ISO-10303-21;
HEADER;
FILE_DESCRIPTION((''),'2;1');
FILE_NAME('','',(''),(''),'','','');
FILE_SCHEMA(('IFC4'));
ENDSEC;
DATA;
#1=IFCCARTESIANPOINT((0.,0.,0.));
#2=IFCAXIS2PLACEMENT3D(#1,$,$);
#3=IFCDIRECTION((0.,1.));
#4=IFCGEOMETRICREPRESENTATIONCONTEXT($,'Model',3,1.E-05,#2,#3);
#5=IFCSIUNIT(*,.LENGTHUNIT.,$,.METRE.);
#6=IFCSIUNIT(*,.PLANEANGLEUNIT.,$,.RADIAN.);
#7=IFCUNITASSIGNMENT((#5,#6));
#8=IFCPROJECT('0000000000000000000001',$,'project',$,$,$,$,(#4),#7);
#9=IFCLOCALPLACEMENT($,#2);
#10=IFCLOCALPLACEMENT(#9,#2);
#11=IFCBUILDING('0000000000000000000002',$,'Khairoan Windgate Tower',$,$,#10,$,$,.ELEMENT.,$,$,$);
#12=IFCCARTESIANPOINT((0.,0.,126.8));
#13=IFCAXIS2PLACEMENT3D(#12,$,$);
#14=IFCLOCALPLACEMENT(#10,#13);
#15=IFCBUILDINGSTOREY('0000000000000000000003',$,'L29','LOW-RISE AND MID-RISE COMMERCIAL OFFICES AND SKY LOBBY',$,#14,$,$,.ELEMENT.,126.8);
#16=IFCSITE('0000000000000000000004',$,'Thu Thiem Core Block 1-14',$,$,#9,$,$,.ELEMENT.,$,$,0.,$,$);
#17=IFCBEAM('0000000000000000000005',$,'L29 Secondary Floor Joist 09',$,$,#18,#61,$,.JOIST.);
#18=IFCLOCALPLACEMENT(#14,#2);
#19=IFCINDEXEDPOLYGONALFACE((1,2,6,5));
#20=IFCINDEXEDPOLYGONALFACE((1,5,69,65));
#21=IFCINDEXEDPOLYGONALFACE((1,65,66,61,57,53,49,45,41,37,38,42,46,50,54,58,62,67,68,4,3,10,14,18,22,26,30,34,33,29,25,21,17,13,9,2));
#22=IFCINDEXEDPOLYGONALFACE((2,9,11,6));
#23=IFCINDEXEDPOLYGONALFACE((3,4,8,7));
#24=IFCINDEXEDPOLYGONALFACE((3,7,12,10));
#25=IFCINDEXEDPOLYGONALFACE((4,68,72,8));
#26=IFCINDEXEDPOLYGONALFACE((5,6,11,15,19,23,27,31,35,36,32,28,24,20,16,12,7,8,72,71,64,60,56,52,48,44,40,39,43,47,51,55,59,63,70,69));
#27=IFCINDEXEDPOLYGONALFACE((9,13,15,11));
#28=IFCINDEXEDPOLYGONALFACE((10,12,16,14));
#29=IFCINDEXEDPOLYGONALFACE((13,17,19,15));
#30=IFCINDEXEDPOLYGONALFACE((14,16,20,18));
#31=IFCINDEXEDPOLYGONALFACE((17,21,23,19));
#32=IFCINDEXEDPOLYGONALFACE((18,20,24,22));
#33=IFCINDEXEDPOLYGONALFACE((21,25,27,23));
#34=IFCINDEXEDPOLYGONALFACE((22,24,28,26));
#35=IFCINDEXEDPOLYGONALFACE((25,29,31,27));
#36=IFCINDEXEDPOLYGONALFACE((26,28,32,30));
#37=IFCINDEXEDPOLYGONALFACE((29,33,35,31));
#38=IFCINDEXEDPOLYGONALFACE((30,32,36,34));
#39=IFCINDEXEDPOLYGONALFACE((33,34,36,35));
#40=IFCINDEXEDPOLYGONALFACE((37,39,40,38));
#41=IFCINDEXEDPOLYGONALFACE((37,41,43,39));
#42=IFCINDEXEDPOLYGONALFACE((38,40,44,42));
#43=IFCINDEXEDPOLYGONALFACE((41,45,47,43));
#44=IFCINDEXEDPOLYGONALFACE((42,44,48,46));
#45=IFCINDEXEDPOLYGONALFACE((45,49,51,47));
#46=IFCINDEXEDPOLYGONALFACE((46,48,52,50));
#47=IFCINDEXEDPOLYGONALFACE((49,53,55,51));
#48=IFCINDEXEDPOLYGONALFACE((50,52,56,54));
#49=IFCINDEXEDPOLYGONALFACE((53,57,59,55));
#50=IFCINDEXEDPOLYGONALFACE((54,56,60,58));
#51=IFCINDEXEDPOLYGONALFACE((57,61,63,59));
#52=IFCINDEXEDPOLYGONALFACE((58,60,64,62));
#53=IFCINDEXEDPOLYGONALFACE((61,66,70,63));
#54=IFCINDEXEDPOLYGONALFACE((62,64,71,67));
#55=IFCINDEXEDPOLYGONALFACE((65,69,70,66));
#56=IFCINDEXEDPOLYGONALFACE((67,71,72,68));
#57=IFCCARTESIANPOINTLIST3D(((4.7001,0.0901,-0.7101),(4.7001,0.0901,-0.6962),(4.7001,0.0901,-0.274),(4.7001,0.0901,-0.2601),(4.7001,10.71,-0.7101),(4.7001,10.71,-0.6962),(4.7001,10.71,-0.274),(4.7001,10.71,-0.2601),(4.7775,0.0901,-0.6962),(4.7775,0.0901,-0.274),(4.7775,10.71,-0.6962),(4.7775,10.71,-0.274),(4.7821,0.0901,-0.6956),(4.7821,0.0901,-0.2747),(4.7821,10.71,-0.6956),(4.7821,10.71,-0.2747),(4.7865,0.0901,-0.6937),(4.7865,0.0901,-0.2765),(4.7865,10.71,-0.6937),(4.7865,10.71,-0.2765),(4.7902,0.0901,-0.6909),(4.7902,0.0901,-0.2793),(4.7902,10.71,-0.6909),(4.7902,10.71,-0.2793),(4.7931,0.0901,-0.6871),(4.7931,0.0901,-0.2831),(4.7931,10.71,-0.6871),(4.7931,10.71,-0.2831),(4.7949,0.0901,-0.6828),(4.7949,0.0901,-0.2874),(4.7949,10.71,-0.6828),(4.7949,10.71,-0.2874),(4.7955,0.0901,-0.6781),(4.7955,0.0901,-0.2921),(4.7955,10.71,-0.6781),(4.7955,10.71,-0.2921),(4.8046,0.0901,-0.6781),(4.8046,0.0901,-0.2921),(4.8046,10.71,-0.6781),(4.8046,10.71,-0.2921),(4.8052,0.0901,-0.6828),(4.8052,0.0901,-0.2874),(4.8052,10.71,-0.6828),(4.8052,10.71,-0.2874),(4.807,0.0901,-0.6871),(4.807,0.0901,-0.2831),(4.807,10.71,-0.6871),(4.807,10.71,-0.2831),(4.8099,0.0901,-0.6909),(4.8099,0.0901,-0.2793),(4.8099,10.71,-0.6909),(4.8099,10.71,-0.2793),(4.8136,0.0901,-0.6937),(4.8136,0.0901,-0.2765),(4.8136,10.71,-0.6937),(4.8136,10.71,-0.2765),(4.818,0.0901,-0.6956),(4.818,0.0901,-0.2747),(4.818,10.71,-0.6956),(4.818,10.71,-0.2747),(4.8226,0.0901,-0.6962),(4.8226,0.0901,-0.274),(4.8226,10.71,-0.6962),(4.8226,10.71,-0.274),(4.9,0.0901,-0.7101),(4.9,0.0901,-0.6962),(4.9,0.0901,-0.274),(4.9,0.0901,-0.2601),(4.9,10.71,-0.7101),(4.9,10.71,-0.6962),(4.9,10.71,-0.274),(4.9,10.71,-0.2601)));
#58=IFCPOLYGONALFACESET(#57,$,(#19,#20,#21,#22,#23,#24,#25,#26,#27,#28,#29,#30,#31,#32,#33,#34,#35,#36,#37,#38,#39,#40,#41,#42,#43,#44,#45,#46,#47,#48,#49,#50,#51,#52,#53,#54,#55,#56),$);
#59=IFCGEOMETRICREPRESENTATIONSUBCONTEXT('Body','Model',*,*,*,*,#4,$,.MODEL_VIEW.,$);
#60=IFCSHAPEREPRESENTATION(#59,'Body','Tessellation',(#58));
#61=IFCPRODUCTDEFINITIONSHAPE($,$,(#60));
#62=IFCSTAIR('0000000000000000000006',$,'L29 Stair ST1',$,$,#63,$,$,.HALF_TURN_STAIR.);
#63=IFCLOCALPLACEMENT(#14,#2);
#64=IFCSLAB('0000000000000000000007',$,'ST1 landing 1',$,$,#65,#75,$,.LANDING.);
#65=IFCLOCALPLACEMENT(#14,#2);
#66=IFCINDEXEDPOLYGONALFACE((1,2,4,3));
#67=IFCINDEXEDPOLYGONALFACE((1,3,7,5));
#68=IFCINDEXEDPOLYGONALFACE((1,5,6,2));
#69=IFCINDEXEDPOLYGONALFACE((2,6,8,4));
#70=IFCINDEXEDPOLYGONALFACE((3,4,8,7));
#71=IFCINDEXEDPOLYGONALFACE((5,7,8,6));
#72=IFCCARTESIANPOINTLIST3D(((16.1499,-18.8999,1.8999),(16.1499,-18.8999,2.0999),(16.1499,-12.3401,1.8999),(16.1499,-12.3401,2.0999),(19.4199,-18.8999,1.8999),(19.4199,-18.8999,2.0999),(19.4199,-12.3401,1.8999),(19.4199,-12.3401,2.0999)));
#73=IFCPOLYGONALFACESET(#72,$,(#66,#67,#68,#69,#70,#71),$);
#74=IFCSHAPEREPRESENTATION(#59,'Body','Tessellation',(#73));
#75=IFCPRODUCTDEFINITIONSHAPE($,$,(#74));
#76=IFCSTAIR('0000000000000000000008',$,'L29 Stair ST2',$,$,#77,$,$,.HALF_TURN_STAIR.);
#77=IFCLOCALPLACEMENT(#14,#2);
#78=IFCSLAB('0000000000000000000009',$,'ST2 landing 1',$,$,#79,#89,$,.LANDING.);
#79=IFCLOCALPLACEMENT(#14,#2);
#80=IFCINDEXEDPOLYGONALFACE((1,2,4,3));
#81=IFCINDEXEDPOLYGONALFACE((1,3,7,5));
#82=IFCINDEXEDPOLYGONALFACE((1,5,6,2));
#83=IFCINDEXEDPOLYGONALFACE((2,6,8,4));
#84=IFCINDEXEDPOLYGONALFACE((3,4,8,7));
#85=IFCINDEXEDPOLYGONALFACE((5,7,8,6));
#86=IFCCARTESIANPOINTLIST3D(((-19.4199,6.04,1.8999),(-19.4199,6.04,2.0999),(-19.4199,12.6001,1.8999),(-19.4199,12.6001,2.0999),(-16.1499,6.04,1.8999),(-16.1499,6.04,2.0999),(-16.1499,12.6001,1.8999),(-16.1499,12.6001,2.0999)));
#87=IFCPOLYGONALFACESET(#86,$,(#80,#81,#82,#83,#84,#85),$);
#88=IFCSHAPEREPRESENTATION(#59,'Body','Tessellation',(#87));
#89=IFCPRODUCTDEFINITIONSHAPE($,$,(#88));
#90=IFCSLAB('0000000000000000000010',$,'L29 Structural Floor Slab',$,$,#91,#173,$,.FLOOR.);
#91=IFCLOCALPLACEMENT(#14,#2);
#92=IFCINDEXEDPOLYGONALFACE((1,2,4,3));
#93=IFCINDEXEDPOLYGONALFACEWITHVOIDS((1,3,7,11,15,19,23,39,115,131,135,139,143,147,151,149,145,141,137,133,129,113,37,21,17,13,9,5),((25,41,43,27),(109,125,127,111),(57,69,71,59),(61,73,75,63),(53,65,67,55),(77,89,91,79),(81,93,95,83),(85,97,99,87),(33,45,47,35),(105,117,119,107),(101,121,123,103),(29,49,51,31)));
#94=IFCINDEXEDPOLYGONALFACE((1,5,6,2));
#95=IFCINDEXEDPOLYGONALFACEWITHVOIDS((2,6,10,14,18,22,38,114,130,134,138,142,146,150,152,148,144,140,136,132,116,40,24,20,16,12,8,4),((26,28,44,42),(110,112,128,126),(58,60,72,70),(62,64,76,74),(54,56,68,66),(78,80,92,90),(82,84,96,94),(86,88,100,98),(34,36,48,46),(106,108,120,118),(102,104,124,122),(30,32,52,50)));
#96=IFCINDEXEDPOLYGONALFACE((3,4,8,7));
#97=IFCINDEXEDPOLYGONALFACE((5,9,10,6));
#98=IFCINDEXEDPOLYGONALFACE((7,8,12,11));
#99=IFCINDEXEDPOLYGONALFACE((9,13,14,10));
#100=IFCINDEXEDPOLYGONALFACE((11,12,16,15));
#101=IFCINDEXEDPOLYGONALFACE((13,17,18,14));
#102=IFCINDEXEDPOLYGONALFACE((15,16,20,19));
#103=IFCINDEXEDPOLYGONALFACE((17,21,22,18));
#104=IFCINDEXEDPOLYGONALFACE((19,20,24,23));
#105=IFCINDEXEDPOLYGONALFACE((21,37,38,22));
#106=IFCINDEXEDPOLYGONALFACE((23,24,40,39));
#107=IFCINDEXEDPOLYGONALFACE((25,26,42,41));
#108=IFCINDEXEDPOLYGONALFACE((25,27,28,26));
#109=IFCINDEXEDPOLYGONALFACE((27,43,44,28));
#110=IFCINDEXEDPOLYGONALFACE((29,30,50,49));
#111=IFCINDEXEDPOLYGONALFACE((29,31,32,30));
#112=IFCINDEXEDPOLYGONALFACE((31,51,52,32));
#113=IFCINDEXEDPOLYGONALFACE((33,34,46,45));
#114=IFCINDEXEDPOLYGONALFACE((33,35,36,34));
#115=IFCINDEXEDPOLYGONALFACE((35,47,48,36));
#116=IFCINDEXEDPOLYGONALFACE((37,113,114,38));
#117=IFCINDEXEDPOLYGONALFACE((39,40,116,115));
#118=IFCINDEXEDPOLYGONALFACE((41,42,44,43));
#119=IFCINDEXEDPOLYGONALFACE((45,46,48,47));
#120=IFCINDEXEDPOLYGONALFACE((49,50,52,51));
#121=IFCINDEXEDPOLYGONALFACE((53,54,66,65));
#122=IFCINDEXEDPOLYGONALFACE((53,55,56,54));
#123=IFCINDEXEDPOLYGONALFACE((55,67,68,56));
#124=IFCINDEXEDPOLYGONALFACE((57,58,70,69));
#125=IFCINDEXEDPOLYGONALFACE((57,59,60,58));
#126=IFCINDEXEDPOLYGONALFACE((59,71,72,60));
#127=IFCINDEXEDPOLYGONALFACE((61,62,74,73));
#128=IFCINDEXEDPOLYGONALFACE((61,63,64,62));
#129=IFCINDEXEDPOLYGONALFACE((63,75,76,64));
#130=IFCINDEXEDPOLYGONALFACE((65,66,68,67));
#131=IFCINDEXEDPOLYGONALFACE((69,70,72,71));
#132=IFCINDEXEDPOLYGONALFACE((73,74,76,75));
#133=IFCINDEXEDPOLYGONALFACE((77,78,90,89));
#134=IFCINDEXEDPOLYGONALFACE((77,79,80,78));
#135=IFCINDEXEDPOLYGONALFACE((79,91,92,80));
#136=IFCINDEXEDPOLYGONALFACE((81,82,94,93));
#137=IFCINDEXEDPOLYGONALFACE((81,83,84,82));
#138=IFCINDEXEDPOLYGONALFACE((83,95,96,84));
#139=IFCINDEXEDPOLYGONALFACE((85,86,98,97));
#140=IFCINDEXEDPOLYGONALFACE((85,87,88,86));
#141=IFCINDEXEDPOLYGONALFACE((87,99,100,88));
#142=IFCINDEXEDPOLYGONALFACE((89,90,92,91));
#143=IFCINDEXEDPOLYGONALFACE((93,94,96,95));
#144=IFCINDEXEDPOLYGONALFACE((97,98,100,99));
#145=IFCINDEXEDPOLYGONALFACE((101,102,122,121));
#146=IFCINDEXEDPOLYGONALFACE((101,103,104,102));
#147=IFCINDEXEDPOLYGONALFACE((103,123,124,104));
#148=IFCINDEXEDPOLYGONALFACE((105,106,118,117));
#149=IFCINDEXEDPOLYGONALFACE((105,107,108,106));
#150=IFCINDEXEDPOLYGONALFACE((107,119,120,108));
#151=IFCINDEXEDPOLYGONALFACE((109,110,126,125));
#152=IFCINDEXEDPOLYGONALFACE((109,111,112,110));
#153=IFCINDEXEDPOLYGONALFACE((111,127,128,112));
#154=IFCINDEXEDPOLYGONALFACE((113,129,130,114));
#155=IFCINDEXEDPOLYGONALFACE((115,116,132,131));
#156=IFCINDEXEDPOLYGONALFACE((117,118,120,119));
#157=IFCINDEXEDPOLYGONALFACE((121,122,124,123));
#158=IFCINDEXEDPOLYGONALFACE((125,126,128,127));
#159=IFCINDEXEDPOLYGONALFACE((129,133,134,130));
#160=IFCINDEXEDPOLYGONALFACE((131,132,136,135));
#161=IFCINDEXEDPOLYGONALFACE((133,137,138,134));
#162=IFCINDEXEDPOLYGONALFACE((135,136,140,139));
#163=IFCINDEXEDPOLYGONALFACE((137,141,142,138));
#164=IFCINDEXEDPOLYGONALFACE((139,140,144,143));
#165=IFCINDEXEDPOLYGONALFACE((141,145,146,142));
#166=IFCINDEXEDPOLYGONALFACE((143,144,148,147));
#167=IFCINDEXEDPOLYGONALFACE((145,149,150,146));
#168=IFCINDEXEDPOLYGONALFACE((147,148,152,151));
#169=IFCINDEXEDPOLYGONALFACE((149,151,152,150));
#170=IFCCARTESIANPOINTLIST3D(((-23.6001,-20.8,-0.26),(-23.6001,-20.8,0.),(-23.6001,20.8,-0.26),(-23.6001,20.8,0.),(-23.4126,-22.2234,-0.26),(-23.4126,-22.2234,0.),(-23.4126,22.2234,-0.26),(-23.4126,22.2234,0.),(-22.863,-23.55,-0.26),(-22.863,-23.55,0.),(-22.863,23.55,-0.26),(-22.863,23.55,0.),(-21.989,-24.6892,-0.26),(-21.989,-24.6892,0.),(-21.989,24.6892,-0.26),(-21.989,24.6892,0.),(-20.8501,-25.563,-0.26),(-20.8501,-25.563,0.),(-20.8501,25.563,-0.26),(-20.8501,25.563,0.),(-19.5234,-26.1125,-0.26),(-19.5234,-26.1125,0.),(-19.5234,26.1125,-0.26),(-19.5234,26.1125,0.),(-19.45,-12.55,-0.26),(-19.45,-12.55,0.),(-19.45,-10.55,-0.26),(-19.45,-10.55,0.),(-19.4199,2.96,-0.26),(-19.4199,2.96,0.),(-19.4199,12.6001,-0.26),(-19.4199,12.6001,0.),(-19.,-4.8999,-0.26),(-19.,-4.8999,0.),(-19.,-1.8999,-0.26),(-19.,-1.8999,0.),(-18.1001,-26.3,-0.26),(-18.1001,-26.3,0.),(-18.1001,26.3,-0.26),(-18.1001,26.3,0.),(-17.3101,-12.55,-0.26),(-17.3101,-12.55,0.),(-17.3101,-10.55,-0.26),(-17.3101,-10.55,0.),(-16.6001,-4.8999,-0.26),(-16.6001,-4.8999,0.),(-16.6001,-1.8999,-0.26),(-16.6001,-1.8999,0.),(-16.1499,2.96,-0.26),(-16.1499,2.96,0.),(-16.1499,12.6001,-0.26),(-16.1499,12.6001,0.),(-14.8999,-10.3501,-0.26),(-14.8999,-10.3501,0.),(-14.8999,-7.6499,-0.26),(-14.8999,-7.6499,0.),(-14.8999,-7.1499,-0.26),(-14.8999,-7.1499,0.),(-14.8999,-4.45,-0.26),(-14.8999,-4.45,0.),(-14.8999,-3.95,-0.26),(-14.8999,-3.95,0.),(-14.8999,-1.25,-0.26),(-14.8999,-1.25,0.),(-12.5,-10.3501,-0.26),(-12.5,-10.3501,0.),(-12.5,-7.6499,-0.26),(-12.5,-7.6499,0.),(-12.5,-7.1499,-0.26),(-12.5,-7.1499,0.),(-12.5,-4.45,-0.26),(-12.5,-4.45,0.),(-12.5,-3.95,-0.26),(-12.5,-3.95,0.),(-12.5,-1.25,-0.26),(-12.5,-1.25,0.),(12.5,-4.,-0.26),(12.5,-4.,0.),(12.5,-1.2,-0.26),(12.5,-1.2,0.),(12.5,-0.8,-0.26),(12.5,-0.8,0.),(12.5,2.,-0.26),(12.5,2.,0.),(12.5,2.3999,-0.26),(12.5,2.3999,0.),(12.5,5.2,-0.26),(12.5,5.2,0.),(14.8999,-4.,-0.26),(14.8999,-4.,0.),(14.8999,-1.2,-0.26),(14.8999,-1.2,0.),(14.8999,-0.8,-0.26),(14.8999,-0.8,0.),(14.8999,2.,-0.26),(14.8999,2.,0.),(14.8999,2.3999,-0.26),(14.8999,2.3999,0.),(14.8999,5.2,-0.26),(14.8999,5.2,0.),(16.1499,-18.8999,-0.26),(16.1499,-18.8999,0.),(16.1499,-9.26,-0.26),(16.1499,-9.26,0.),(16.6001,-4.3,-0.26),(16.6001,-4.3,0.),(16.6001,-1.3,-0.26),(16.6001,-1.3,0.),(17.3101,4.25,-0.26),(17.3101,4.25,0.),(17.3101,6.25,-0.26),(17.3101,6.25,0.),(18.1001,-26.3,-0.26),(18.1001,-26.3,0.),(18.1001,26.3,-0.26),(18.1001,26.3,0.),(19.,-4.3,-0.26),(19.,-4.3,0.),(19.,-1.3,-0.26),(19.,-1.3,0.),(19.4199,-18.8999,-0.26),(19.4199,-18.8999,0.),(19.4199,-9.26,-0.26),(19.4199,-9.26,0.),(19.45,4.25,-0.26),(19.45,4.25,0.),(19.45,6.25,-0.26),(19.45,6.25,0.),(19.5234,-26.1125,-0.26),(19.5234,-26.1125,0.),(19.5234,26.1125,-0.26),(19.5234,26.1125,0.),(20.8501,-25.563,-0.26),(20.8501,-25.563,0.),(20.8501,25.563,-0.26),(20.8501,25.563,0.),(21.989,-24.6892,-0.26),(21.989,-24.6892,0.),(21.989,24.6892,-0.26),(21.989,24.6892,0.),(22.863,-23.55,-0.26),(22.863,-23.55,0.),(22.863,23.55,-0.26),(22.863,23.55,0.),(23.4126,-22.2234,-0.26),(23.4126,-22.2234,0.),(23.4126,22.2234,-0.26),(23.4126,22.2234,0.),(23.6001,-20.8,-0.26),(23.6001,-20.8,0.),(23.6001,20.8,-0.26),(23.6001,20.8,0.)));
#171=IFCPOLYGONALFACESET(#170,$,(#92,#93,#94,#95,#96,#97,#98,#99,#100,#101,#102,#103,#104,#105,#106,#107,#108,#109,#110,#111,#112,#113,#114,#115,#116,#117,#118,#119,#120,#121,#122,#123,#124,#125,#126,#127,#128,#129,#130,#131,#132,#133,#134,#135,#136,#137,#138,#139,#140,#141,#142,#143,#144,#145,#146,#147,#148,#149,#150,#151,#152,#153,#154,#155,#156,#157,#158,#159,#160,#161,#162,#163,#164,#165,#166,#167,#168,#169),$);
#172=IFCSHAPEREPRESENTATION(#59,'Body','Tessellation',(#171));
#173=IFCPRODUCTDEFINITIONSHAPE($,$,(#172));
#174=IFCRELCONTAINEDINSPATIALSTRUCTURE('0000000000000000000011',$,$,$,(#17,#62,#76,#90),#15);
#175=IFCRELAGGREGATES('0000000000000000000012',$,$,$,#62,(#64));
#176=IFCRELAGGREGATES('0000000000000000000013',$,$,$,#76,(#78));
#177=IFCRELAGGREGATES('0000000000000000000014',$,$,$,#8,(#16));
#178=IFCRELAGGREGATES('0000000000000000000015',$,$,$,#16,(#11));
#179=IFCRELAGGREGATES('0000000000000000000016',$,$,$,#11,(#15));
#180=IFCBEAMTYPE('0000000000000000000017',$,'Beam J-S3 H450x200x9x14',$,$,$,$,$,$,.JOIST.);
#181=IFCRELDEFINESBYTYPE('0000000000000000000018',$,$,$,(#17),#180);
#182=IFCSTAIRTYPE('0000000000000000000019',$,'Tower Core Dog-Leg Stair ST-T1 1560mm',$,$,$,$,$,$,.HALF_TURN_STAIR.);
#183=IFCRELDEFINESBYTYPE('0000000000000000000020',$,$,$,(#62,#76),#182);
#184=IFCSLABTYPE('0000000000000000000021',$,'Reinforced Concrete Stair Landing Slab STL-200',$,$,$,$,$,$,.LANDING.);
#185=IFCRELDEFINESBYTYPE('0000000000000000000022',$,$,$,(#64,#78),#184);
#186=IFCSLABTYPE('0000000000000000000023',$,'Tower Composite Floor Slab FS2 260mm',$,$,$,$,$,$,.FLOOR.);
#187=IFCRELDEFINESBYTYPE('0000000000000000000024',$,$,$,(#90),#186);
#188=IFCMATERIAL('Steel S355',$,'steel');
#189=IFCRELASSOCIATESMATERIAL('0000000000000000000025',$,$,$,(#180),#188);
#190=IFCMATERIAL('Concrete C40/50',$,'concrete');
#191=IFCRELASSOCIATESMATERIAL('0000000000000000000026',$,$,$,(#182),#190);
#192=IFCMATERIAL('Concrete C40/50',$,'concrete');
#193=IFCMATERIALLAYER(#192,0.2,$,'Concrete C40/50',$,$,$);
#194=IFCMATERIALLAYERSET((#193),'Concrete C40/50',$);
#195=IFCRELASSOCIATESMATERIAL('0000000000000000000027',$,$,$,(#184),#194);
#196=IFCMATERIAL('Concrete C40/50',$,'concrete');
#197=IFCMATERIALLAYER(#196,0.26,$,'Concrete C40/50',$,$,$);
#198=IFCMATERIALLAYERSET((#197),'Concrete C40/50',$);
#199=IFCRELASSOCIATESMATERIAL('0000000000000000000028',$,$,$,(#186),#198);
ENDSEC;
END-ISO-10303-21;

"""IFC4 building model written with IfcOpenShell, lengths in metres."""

from ifc_helpers import new_model, si_unit, direction, frame, origin, origin_2d, place, context, subcontext, project, spatial, polyline, i_section, outline, extrude, material, layer, layer_set, material_profile, profile_set, type_object, element, aggregate, save


model = new_model("IFC4")

# Units and contexts
model_context = context("Model", 3, precision=1e-05, world=origin(), true_north=direction((0.0, 1.0)))
body_context = subcontext(model_context, "Body", "Model", "MODEL_VIEW")
ifc_project = project(units=[si_unit("LENGTHUNIT", "METRE"), si_unit("PLANEANGLEUNIT", "RADIAN")], contexts=[model_context])

# Site, building, storey
site_placement = place(None, origin())
site = spatial("IfcSite", under=ifc_project, at=site_placement, Name="Thu Thiem Core Block 1-14", CompositionType="ELEMENT", RefElevation=0.0)
building_placement = place(site_placement, origin())
building = spatial("IfcBuilding", under=site, at=building_placement, Name="Khairoan Windgate Tower", CompositionType="ELEMENT")
storey_placement = place(building_placement, frame((0.0, 0.0, 126.8)))
storey = spatial("IfcBuildingStorey", under=building, at=storey_placement, Name="L29", Description="LOW-RISE AND MID-RISE COMMERCIAL OFFICES AND SKY LOBBY", CompositionType="ELEMENT", Elevation=126.8)

# Beam
ifc_material_1 = material(Name="Steel S355", Category="steel")
ifc_material_profile_1 = material_profile(ifc_material_1, i_section(OverallWidth=0.2, OverallDepth=0.45, WebThickness=0.009, FlangeThickness=0.0139, FilletRadius=0.0181, at=origin_2d()))
ifc_profile_set_1 = profile_set([ifc_material_profile_1], Name="Steel S355")
beam_type_1 = type_object("IfcBeamType", Name="Beam J-S3 H450x200x9x14", PredefinedType="JOIST", material=ifc_profile_set_1)
for number, where, z_axis, x_axis, name in (
    (1, (4.8, 0.0901, -0.4851), (0.0, 1.0, 0.0), (-1.0, 0.0, 0.0), "L29 Secondary Floor Joist 09"),
):
    element("IfcBeam", number, at=place(storey_placement, frame(where, z_axis=z_axis, x_axis=x_axis)), inside=storey, type_object=beam_type_1, Name=name, PredefinedType="JOIST", context=body_context, shape_type="SweptSolid", body=[
        extrude(i_section(OverallWidth=0.2, OverallDepth=0.45, WebThickness=0.009, FlangeThickness=0.0139, FilletRadius=0.0181, at=origin_2d()), origin(), (0.0, 0.0, 1.0), 10.6199),
    ])

# Stairs, slabs
ifc_material_2 = material(Name="Concrete C40/50", Category="concrete")
stair_type = type_object("IfcStairType", Name="Tower Core Dog-Leg Stair ST-T1 1560mm", PredefinedType="HALF_TURN_STAIR", material=ifc_material_2)
stair_1_placement = place(storey_placement, origin())
stair_1 = element("IfcStair", 2, at=stair_1_placement, inside=storey, type_object=stair_type, Name="L29 Stair ST1", PredefinedType="HALF_TURN_STAIR")
ifc_material_3 = material(Name="Concrete C40/50", Category="concrete")
ifc_layer_1 = layer(ifc_material_3, 0.2, Name="Concrete C40/50")
ifc_layer_set_1 = layer_set([ifc_layer_1], Name="Concrete C40/50")
slab_type_1 = type_object("IfcSlabType", Name="Reinforced Concrete Stair Landing Slab STL-200", PredefinedType="LANDING", material=ifc_layer_set_1)
slab_1_placement = place(storey_placement, frame((0.0, 0.0, 1.8999)))
slab_1 = element("IfcSlab", 3, at=slab_1_placement, type_object=slab_type_1, Name="ST1 landing 1", PredefinedType="LANDING", context=body_context, shape_type="SweptSolid", body=[
    extrude(outline(polyline([(16.1499, -12.3401), (16.1499, -18.8999), (19.4199, -18.8999), (19.4199, -12.3401), (16.1499, -12.3401)])), origin(), (0.0, 0.0, 1.0), 0.2),
])
aggregate(stair_1, [slab_1])
stair_2_placement = place(storey_placement, origin())
stair_2 = element("IfcStair", 4, at=stair_2_placement, inside=storey, type_object=stair_type, Name="L29 Stair ST2", PredefinedType="HALF_TURN_STAIR")
slab_2_placement = place(storey_placement, frame((0.0, 0.0, 1.8999)))
slab_2 = element("IfcSlab", 5, at=slab_2_placement, type_object=slab_type_1, Name="ST2 landing 1", PredefinedType="LANDING", context=body_context, shape_type="SweptSolid", body=[
    extrude(outline(polyline([(-16.1499, 6.04), (-16.1499, 12.6001), (-19.4199, 12.6001), (-19.4199, 6.04), (-16.1499, 6.04)])), origin(), (0.0, 0.0, 1.0), 0.2),
])
aggregate(stair_2, [slab_2])

# Slab
ifc_material_4 = material(Name="Concrete C40/50", Category="concrete")
ifc_layer_2 = layer(ifc_material_4, 0.26, Name="Concrete C40/50")
ifc_layer_set_2 = layer_set([ifc_layer_2], Name="Concrete C40/50")
slab_type_2 = type_object("IfcSlabType", Name="Tower Composite Floor Slab FS2 260mm", PredefinedType="FLOOR", material=ifc_layer_set_2)
slab_3_placement = place(storey_placement, frame((0.0, 0.0, -0.26)))
element("IfcSlab", 6, at=slab_3_placement, inside=storey, type_object=slab_type_2, Name="L29 Structural Floor Slab", PredefinedType="FLOOR", context=body_context, shape_type="SweptSolid", body=[
    extrude(outline(polyline([(18.1001, -26.3), (19.5234, -26.1125), (20.8501, -25.563), (21.989, -24.6892), (22.863, -23.55), (23.4126, -22.2234), (23.6001, -20.8), (23.6001, 20.8), (23.4126, 22.2234), (22.863, 23.55), (21.989, 24.6892), (20.8501, 25.563), (19.5234, 26.1125), (18.1001, 26.3), (-18.1001, 26.3), (-19.5234, 26.1125), (-20.8501, 25.563), (-21.989, 24.6892), (-22.863, 23.55), (-23.4126, 22.2234), (-23.6001, 20.8), (-23.6001, -20.8), (-23.4126, -22.2234), (-22.863, -23.55), (-21.989, -24.6892), (-20.8501, -25.563), (-19.5234, -26.1125), (-18.1001, -26.3), (18.1001, -26.3)]), holes=[polyline([(16.1499, -9.26), (16.1499, -18.8999), (19.4199, -18.8999), (19.4199, -9.26), (16.1499, -9.26)]), polyline([(-16.1499, 2.96), (-16.1499, 12.6001), (-19.4199, 12.6001), (-19.4199, 2.96), (-16.1499, 2.96)]), polyline([(-14.8999, -3.95), (-12.5, -3.95), (-12.5, -1.25), (-14.8999, -1.25), (-14.8999, -3.95)]), polyline([(-14.8999, -7.1499), (-12.5, -7.1499), (-12.5, -4.45), (-14.8999, -4.45), (-14.8999, -7.1499)]), polyline([(-14.8999, -10.3501), (-12.5, -10.3501), (-12.5, -7.6499), (-14.8999, -7.6499), (-14.8999, -10.3501)]), polyline([(12.5, 2.3999), (14.8999, 2.3999), (14.8999, 5.2), (12.5, 5.2), (12.5, 2.3999)]), polyline([(12.5, -0.8), (14.8999, -0.8), (14.8999, 2.0), (12.5, 2.0), (12.5, -0.8)]), polyline([(12.5, -4.0), (14.8999, -4.0), (14.8999, -1.2), (12.5, -1.2), (12.5, -4.0)]), polyline([(16.6001, -4.3), (19.0, -4.3), (19.0, -1.3), (16.6001, -1.3), (16.6001, -4.3)]), polyline([(-19.0, -4.8999), (-16.6001, -4.8999), (-16.6001, -1.8999), (-19.0, -1.8999), (-19.0, -4.8999)]), polyline([(-19.45, -12.55), (-17.3101, -12.55), (-17.3101, -10.55), (-19.45, -10.55), (-19.45, -12.55)]), polyline([(17.3101, 4.25), (19.45, 4.25), (19.45, 6.25), (17.3101, 6.25), (17.3101, 4.25)])]), origin(), (0.0, 0.0, 1.0), 0.26),
])

save(model, "model.ifc")
